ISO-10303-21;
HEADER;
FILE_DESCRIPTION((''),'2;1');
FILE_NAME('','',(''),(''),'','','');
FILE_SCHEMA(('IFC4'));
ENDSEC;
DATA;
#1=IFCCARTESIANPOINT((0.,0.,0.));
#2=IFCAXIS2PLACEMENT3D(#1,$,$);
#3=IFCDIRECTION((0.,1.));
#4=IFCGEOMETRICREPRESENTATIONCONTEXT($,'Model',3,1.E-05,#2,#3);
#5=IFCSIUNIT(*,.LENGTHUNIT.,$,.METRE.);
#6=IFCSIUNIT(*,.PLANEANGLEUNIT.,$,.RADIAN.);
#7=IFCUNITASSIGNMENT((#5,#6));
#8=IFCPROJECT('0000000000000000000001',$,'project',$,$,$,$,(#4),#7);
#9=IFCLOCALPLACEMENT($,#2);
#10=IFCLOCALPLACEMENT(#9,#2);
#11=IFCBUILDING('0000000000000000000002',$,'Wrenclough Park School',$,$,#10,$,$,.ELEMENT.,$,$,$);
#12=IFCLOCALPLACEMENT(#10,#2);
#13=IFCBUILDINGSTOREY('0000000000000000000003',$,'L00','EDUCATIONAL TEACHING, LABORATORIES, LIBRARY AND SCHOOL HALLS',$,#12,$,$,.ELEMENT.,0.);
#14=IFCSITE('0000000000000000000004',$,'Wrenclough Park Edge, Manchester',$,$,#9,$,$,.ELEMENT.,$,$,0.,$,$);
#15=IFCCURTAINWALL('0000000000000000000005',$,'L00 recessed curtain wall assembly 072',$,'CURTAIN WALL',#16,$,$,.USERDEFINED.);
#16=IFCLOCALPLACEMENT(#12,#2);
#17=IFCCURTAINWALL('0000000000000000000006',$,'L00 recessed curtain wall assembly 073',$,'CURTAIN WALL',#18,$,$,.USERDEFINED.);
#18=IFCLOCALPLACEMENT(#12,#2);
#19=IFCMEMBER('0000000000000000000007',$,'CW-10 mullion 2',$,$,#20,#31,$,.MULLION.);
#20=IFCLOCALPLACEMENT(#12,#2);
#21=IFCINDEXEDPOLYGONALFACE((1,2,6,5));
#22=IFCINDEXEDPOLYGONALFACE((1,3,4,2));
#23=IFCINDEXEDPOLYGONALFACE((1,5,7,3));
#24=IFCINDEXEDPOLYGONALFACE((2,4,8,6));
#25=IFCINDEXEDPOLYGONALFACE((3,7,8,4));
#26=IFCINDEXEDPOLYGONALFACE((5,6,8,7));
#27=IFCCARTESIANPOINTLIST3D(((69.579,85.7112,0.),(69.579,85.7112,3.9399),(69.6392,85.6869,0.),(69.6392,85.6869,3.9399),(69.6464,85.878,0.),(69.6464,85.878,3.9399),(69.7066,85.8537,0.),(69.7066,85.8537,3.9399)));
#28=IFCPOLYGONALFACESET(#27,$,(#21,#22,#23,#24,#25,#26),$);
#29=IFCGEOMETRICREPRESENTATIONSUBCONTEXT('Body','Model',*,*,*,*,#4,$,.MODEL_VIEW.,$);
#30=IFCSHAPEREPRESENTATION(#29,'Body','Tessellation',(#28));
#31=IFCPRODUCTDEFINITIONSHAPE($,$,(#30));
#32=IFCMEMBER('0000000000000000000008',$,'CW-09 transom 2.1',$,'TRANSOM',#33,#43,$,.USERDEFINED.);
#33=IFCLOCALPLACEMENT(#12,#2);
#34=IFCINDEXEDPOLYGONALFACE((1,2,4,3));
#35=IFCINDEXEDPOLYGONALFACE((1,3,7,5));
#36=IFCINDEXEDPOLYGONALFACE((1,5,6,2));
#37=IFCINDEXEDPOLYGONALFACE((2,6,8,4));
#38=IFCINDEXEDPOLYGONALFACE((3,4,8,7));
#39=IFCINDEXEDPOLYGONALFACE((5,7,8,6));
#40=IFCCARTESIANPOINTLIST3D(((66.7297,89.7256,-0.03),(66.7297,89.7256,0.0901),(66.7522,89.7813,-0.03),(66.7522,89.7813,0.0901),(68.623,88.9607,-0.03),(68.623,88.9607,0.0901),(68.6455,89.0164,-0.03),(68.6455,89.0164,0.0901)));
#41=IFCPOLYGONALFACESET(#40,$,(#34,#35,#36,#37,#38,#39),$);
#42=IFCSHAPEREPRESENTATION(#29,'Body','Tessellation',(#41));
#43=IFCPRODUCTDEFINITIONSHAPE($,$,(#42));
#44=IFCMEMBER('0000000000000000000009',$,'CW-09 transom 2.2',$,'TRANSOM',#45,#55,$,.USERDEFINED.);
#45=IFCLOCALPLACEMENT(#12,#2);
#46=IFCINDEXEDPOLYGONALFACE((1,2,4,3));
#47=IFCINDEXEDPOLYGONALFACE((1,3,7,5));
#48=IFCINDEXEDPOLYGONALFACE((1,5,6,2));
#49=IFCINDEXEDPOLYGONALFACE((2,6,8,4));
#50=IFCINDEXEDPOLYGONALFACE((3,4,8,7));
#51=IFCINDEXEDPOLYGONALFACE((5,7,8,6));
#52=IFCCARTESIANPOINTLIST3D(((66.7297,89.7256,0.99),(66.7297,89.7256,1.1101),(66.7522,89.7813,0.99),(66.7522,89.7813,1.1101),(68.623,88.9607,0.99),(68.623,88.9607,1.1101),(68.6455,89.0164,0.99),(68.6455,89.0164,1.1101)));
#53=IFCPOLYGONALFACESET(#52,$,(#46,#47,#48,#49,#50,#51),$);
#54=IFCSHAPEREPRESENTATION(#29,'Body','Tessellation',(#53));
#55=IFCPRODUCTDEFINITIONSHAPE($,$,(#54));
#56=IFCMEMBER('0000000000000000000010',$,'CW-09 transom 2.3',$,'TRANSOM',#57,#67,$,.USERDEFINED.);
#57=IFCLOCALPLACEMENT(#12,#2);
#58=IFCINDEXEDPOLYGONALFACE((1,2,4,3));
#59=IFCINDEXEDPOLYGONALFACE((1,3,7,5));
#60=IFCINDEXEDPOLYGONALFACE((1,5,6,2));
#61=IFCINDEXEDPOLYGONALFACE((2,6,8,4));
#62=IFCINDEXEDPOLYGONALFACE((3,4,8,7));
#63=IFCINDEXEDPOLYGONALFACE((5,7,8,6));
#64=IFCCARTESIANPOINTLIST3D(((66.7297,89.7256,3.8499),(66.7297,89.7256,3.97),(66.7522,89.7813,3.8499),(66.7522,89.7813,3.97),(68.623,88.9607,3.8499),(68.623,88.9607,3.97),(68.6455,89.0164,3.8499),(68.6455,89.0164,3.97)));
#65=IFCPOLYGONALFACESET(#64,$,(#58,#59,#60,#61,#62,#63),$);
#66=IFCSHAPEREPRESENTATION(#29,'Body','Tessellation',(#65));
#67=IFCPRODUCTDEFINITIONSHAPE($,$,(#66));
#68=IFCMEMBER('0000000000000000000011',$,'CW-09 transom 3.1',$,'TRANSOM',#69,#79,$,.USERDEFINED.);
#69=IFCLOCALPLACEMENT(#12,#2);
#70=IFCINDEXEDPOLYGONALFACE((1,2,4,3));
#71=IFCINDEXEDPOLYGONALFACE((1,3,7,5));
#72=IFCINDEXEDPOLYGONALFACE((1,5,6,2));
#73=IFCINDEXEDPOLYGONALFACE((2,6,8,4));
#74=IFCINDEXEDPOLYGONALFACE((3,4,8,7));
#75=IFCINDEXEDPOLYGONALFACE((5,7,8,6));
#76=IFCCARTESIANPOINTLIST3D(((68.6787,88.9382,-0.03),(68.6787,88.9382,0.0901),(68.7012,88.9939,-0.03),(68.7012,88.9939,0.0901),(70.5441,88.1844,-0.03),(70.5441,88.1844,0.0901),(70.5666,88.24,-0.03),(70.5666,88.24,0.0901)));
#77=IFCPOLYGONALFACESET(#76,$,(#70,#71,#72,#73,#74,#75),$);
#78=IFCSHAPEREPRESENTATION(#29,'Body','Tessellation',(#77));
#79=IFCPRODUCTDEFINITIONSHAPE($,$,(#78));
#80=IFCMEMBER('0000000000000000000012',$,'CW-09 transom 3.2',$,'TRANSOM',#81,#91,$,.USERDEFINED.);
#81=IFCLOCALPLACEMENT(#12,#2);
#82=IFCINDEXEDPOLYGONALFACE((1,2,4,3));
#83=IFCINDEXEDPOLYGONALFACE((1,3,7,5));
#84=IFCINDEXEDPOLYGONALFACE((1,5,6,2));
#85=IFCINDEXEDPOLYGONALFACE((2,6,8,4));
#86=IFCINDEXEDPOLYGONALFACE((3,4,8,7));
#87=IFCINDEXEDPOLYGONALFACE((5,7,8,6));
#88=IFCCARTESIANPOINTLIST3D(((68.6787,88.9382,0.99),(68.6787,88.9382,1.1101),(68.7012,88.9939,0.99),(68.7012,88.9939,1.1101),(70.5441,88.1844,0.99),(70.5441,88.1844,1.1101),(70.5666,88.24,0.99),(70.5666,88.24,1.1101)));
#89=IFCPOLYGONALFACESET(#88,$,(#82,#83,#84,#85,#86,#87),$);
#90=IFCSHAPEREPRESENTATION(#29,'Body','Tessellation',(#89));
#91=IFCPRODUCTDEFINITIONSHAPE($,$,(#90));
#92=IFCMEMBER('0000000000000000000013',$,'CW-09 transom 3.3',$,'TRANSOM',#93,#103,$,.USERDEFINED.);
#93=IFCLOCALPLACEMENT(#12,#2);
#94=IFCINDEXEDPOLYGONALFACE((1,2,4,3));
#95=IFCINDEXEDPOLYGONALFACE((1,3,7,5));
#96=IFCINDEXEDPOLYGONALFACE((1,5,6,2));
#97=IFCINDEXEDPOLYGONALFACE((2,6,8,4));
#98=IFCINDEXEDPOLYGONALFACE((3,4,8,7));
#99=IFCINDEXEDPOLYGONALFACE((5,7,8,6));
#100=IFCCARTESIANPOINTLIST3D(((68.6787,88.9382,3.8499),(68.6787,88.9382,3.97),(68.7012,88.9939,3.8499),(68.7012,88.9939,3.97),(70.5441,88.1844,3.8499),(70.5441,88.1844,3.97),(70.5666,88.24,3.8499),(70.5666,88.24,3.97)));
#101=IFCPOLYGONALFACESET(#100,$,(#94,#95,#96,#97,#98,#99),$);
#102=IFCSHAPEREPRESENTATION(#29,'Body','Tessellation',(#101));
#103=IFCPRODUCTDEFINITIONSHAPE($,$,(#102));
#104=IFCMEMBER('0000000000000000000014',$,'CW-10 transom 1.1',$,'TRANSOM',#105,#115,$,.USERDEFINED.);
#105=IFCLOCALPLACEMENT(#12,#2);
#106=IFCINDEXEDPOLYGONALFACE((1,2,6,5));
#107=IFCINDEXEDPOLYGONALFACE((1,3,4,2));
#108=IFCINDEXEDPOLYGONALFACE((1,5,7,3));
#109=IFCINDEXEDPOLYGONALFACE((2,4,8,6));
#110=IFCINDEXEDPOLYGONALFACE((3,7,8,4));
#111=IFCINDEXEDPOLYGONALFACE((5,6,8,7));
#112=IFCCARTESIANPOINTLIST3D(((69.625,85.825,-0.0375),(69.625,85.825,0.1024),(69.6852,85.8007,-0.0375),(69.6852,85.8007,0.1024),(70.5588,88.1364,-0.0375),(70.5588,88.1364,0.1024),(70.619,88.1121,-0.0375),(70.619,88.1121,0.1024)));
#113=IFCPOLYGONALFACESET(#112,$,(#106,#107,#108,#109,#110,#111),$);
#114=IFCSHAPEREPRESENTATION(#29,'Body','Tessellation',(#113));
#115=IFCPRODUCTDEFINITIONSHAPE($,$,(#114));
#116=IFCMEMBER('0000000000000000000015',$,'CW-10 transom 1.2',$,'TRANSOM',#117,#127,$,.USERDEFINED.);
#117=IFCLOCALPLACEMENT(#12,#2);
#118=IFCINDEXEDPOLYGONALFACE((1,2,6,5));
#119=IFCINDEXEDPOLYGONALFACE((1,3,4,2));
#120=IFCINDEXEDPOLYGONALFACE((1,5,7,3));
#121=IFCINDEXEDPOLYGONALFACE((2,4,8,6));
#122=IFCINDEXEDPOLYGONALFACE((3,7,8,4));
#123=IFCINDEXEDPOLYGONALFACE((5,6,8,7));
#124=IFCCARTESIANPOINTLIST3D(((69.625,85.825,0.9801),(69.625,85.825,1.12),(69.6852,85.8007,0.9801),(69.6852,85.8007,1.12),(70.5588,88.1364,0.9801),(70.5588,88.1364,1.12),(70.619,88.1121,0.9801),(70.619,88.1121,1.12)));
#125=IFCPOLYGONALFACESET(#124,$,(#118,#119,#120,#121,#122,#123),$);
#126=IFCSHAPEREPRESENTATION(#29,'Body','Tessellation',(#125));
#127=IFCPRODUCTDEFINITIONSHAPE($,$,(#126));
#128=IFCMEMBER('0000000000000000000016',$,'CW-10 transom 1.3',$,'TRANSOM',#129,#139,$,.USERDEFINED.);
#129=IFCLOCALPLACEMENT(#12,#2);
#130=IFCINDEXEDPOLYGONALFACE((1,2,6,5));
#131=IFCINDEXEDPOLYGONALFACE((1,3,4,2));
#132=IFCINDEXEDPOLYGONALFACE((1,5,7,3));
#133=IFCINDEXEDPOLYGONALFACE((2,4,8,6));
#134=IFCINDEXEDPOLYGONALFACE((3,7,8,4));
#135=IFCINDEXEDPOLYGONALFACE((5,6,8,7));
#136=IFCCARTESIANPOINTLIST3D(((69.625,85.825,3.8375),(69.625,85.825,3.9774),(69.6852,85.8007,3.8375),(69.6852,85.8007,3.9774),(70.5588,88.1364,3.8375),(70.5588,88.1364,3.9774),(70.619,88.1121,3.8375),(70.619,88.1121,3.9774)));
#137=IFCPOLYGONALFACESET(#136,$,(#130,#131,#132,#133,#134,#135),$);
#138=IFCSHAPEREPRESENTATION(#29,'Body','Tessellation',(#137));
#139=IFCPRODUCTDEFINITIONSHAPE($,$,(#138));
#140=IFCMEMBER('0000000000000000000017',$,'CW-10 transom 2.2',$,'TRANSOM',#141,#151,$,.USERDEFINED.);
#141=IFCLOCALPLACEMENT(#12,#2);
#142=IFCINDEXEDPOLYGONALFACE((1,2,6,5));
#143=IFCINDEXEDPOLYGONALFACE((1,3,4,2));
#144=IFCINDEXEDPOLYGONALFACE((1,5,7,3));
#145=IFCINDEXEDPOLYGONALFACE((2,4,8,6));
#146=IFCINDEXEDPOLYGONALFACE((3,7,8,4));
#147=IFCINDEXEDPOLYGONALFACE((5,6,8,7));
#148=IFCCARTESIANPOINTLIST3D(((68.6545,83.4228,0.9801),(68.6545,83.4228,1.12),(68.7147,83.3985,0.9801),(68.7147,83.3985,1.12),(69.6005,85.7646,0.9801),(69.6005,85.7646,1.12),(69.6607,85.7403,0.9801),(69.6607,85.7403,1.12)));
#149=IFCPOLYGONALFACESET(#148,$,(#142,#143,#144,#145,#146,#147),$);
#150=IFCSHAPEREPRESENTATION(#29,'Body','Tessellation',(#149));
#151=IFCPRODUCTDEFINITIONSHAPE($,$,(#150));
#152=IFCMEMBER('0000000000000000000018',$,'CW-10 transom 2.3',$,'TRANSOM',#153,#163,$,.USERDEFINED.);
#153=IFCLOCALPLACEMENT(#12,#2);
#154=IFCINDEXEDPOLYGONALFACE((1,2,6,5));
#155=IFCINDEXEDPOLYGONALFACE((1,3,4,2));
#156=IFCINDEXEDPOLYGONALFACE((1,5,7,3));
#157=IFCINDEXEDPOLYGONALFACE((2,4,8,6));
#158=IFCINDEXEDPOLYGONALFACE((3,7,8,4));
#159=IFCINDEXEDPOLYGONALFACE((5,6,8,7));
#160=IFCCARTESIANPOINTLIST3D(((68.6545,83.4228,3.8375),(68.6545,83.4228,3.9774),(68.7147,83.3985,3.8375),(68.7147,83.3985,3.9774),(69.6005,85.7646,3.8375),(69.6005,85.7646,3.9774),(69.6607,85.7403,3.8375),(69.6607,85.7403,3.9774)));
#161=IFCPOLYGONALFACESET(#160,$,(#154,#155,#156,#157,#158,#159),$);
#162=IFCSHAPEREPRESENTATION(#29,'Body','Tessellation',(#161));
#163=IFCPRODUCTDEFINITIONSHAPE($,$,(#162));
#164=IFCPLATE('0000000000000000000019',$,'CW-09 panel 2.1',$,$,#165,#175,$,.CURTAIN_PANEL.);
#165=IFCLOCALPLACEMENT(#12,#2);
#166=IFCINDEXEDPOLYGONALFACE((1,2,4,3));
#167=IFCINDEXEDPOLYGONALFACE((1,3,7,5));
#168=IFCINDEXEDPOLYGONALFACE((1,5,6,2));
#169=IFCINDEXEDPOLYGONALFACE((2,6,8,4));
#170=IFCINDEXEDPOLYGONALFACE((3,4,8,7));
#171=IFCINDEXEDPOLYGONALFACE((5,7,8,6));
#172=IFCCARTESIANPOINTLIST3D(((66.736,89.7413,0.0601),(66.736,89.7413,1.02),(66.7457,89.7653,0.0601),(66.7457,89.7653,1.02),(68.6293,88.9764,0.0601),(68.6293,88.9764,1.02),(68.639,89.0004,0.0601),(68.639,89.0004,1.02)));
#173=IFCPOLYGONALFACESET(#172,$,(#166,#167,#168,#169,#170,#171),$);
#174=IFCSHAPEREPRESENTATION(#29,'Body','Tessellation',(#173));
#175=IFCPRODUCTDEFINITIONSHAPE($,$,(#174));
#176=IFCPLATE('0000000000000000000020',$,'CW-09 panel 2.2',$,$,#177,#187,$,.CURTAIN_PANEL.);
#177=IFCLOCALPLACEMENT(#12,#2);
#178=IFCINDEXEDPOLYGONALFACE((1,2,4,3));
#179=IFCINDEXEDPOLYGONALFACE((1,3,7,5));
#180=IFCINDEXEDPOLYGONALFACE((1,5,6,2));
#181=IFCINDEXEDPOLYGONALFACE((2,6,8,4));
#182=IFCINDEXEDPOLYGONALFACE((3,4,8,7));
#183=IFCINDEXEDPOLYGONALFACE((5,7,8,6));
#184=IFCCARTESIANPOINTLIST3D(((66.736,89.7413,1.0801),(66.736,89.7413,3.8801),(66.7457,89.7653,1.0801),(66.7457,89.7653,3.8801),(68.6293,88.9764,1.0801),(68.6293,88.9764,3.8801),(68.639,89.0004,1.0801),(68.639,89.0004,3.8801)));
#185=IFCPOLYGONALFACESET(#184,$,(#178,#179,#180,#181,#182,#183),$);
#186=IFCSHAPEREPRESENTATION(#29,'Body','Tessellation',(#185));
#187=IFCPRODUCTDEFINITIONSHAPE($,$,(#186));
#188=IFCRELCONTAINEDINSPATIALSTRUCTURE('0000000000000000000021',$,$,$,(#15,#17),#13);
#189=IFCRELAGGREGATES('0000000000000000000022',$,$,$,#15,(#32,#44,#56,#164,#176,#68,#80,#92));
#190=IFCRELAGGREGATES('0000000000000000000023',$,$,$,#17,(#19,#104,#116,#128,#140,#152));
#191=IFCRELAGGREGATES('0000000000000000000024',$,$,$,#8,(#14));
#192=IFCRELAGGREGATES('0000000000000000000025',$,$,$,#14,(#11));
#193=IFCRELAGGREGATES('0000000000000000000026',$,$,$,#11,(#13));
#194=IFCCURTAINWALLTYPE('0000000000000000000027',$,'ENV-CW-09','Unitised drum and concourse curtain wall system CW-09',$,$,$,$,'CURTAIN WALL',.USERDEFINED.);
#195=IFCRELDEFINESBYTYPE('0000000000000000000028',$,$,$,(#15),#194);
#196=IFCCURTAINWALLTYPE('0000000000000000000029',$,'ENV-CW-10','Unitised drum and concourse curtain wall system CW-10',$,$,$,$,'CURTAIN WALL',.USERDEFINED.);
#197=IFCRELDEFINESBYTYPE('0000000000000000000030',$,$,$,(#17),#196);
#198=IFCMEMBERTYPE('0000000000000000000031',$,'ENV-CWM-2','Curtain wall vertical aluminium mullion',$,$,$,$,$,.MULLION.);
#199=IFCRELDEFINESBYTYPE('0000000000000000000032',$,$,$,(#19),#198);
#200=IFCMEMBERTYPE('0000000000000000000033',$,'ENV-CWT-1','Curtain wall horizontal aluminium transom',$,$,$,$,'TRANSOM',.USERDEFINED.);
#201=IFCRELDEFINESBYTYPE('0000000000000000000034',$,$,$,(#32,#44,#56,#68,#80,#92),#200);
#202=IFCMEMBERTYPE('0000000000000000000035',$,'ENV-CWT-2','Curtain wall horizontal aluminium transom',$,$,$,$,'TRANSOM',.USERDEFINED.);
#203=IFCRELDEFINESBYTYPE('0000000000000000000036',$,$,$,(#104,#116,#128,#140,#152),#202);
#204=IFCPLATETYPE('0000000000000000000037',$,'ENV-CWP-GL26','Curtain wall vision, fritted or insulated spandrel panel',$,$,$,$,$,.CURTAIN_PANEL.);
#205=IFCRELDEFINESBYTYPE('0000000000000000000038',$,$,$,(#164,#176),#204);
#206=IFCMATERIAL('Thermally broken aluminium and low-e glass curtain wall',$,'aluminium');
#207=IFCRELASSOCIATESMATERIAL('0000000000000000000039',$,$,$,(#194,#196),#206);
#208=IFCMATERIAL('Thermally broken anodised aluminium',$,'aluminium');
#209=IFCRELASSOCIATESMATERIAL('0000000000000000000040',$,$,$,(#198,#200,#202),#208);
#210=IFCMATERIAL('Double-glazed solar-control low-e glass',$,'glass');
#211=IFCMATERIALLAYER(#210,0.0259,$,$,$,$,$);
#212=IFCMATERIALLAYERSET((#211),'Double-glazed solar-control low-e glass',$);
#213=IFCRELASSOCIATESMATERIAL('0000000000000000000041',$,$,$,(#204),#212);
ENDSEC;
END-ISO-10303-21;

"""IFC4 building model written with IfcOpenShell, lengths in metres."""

from ifc_helpers import new_model, si_unit, direction, frame, origin, origin_2d, place, context, subcontext, project, spatial, rectangle, extrude, material, layer, layer_set, material_profile, profile_set, type_object, element, aggregate, save


model = new_model("IFC4")

# Units and contexts
model_context = context("Model", 3, precision=1e-05, world=origin(), true_north=direction((0.0, 1.0)))
body_context = subcontext(model_context, "Body", "Model", "MODEL_VIEW")
ifc_project = project(units=[si_unit("LENGTHUNIT", "METRE"), si_unit("PLANEANGLEUNIT", "RADIAN")], contexts=[model_context])

# Site, building, storey
site_placement = place(None, origin())
site = spatial("IfcSite", under=ifc_project, at=site_placement, Name="Wrenclough Park Edge, Manchester", CompositionType="ELEMENT", RefElevation=0.0)
building_placement = place(site_placement, origin())
building = spatial("IfcBuilding", under=site, at=building_placement, Name="Wrenclough Park School", CompositionType="ELEMENT")
storey_placement = place(building_placement, origin())
storey = spatial("IfcBuildingStorey", under=building, at=storey_placement, Name="L00", Description="EDUCATIONAL TEACHING, LABORATORIES, LIBRARY AND SCHOOL HALLS", CompositionType="ELEMENT", Elevation=0.0)

# Curtain walls, member
ifc_material_1 = material(Name="Thermally broken aluminium and low-e glass curtain wall", Category="aluminium")
curtain_wall_type_1 = type_object("IfcCurtainWallType", Name="ENV-CW-09", Description="Unitised drum and concourse curtain wall system CW-09", ElementType="CURTAIN WALL", PredefinedType="USERDEFINED", material=ifc_material_1)
curtain_wall_1_placement = place(storey_placement, origin())
curtain_wall_1 = element("IfcCurtainWall", 1, at=curtain_wall_1_placement, inside=storey, type_object=curtain_wall_type_1, Name="L00 recessed curtain wall assembly 072", ObjectType="CURTAIN WALL", PredefinedType="USERDEFINED")
ifc_material_2 = material(Name="Thermally broken anodised aluminium", Category="aluminium")
curtain_wall_type_2 = type_object("IfcCurtainWallType", Name="ENV-CW-10", Description="Unitised drum and concourse curtain wall system CW-10", ElementType="CURTAIN WALL", PredefinedType="USERDEFINED", material=ifc_material_1)
curtain_wall_2_placement = place(storey_placement, origin())
curtain_wall_2 = element("IfcCurtainWall", 2, at=curtain_wall_2_placement, inside=storey, type_object=curtain_wall_type_2, Name="L00 recessed curtain wall assembly 073", ObjectType="CURTAIN WALL", PredefinedType="USERDEFINED")
ifc_material_profile_1 = material_profile(ifc_material_2, rectangle(XDim=0.0649, YDim=0.1799, at=origin_2d()), Name="AL MULLION 65x180")
ifc_profile_set_1 = profile_set([ifc_material_profile_1], Name="Thermally broken anodised aluminium")
member_type_1 = type_object("IfcMemberType", Name="ENV-CWM-2", Description="Curtain wall vertical aluminium mullion", PredefinedType="MULLION", material=ifc_profile_set_1)
member_1_placement = place(storey_placement, frame((69.6428, 85.7825, 0.0), z_axis=(0.0, 0.0, 1.0), x_axis=(0.927191, -0.37459, 0.0)))
member_1 = element("IfcMember", 3, at=member_1_placement, type_object=member_type_1, Name="CW-10 mullion 2", PredefinedType="MULLION", context=body_context, shape_type="SweptSolid", body=[
    extrude(rectangle(XDim=0.0649, YDim=0.1799, at=origin_2d()), origin(), (0.0, 0.0, 1.0), 3.9399),
])

# Members
ifc_material_profile_2 = material_profile(ifc_material_2, rectangle(XDim=0.0601, YDim=0.1201, at=origin_2d()), Name="AL TRANSOM 60x120")
ifc_profile_set_2 = profile_set([ifc_material_profile_2], Name="Thermally broken anodised aluminium")
member_type_2 = type_object("IfcMemberType", Name="ENV-CWT-1", Description="Curtain wall horizontal aluminium transom", ElementType="TRANSOM", PredefinedType="USERDEFINED", material=ifc_profile_set_2)
member_2_placement = place(storey_placement, frame((66.741, 89.7534, 0.03), z_axis=(0.927193, -0.374584, 0.0), x_axis=(0.374584, 0.927193, 0.0)))
member_2 = element("IfcMember", 4, at=member_2_placement, type_object=member_type_2, Name="CW-09 transom 2.1", ObjectType="TRANSOM", PredefinedType="USERDEFINED", context=body_context, shape_type="SweptSolid", body=[
    extrude(rectangle(XDim=0.0601, YDim=0.1201, at=origin_2d()), origin(), (0.0, 0.0, 1.0), 2.042),
])
member_3_placement = place(storey_placement, frame((66.741, 89.7534, 1.05), z_axis=(0.927193, -0.374584, 0.0), x_axis=(0.374584, 0.927193, 0.0)))
member_3 = element("IfcMember", 5, at=member_3_placement, type_object=member_type_2, Name="CW-09 transom 2.2", ObjectType="TRANSOM", PredefinedType="USERDEFINED", context=body_context, shape_type="SweptSolid", body=[
    extrude(rectangle(XDim=0.0601, YDim=0.1201, at=origin_2d()), origin(), (0.0, 0.0, 1.0), 2.042),
])
member_4_placement = place(storey_placement, frame((66.741, 89.7534, 3.9099), z_axis=(0.927193, -0.374584, 0.0), x_axis=(0.374584, 0.927193, 0.0)))
member_4 = element("IfcMember", 6, at=member_4_placement, type_object=member_type_2, Name="CW-09 transom 2.3", ObjectType="TRANSOM", PredefinedType="USERDEFINED", context=body_context, shape_type="SweptSolid", body=[
    extrude(rectangle(XDim=0.0601, YDim=0.1201, at=origin_2d()), origin(), (0.0, 0.0, 1.0), 2.042),
])
member_5_placement = place(storey_placement, frame((68.6899, 88.9661, 0.03), z_axis=(0.927149, -0.374694, 0.0), x_axis=(0.374694, 0.927149, 0.0)))
member_5 = element("IfcMember", 7, at=member_5_placement, type_object=member_type_2, Name="CW-09 transom 3.1", ObjectType="TRANSOM", PredefinedType="USERDEFINED", context=body_context, shape_type="SweptSolid", body=[
    extrude(rectangle(XDim=0.0601, YDim=0.1201, at=origin_2d()), origin(), (0.0, 0.0, 1.0), 2.012),
])
member_6_placement = place(storey_placement, frame((68.6899, 88.9661, 1.05), z_axis=(0.927149, -0.374694, 0.0), x_axis=(0.374694, 0.927149, 0.0)))
member_6 = element("IfcMember", 8, at=member_6_placement, type_object=member_type_2, Name="CW-09 transom 3.2", ObjectType="TRANSOM", PredefinedType="USERDEFINED", context=body_context, shape_type="SweptSolid", body=[
    extrude(rectangle(XDim=0.0601, YDim=0.1201, at=origin_2d()), origin(), (0.0, 0.0, 1.0), 2.012),
])
member_7_placement = place(storey_placement, frame((68.6899, 88.9661, 3.9099), z_axis=(0.927149, -0.374694, 0.0), x_axis=(0.374694, 0.927149, 0.0)))
member_7 = element("IfcMember", 9, at=member_7_placement, type_object=member_type_2, Name="CW-09 transom 3.3", ObjectType="TRANSOM", PredefinedType="USERDEFINED", context=body_context, shape_type="SweptSolid", body=[
    extrude(rectangle(XDim=0.0601, YDim=0.1201, at=origin_2d()), origin(), (0.0, 0.0, 1.0), 2.012),
])
ifc_material_profile_3 = material_profile(ifc_material_2, rectangle(XDim=0.0649, YDim=0.1399, at=origin_2d()), Name="AL TRANSOM 65x140")
ifc_profile_set_3 = profile_set([ifc_material_profile_3], Name="Thermally broken anodised aluminium")
member_type_3 = type_object("IfcMemberType", Name="ENV-CWT-2", Description="Curtain wall horizontal aluminium transom", ElementType="TRANSOM", PredefinedType="USERDEFINED", material=ifc_profile_set_3)
member_8_placement = place(storey_placement, frame((70.5889, 88.1243, 0.0325), z_axis=(-0.37458, -0.927195, 0.0), x_axis=(0.927195, -0.37458, 0.0)))
member_8 = element("IfcMember", 10, at=member_8_placement, type_object=member_type_3, Name="CW-10 transom 1.1", ObjectType="TRANSOM", PredefinedType="USERDEFINED", context=body_context, shape_type="SweptSolid", body=[
    extrude(rectangle(XDim=0.0649, YDim=0.1399, at=origin_2d()), origin(), (0.0, 0.0, 1.0), 2.4929),
])
member_9_placement = place(storey_placement, frame((70.5889, 88.1243, 1.05), z_axis=(-0.37458, -0.927195, 0.0), x_axis=(0.927195, -0.37458, 0.0)))
member_9 = element("IfcMember", 11, at=member_9_placement, type_object=member_type_3, Name="CW-10 transom 1.2", ObjectType="TRANSOM", PredefinedType="USERDEFINED", context=body_context, shape_type="SweptSolid", body=[
    extrude(rectangle(XDim=0.0649, YDim=0.1399, at=origin_2d()), origin(), (0.0, 0.0, 1.0), 2.4929),
])
member_10_placement = place(storey_placement, frame((70.5889, 88.1243, 3.9075), z_axis=(-0.37458, -0.927195, 0.0), x_axis=(0.927195, -0.37458, 0.0)))
member_10 = element("IfcMember", 12, at=member_10_placement, type_object=member_type_3, Name="CW-10 transom 1.3", ObjectType="TRANSOM", PredefinedType="USERDEFINED", context=body_context, shape_type="SweptSolid", body=[
    extrude(rectangle(XDim=0.0649, YDim=0.1399, at=origin_2d()), origin(), (0.0, 0.0, 1.0), 2.4929),
])
member_11_placement = place(storey_placement, frame((69.6306, 85.7524, 1.05), z_axis=(-0.374572, -0.927198, 0.0), x_axis=(0.927198, -0.374572, 0.0)))
member_11 = element("IfcMember", 13, at=member_11_placement, type_object=member_type_3, Name="CW-10 transom 2.2", ObjectType="TRANSOM", PredefinedType="USERDEFINED", context=body_context, shape_type="SweptSolid", body=[
    extrude(rectangle(XDim=0.0649, YDim=0.1399, at=origin_2d()), origin(), (0.0, 0.0, 1.0), 2.5256),
])
member_12_placement = place(storey_placement, frame((69.6306, 85.7524, 3.9075), z_axis=(-0.374572, -0.927198, 0.0), x_axis=(0.927198, -0.374572, 0.0)))
member_12 = element("IfcMember", 14, at=member_12_placement, type_object=member_type_3, Name="CW-10 transom 2.3", ObjectType="TRANSOM", PredefinedType="USERDEFINED", context=body_context, shape_type="SweptSolid", body=[
    extrude(rectangle(XDim=0.0649, YDim=0.1399, at=origin_2d()), origin(), (0.0, 0.0, 1.0), 2.5256),
])

# Plates
ifc_material_3 = material(Name="Double-glazed solar-control low-e glass", Category="glass")
ifc_layer_1 = layer(ifc_material_3, 0.0259)
ifc_layer_set_1 = layer_set([ifc_layer_1], Name="Double-glazed solar-control low-e glass")
plate_type_1 = type_object("IfcPlateType", Name="ENV-CWP-GL26", Description="Curtain wall vision, fritted or insulated spandrel panel", PredefinedType="CURTAIN_PANEL", material=ifc_layer_set_1)
plate_1_placement = place(storey_placement, frame((67.6875, 89.3708, 0.0601), z_axis=(0.0, 0.0, 1.0), x_axis=(0.927184, -0.374606, 0.0)))
plate_1 = element("IfcPlate", 15, at=plate_1_placement, type_object=plate_type_1, Name="CW-09 panel 2.1", PredefinedType="CURTAIN_PANEL", context=body_context, shape_type="SweptSolid", body=[
    extrude(rectangle(XDim=2.042, YDim=0.0259, at=origin_2d()), origin(), (0.0, 0.0, 1.0), 0.96),
])
plate_2_placement = place(storey_placement, frame((67.6875, 89.3708, 1.0801), z_axis=(0.0, 0.0, 1.0), x_axis=(0.927184, -0.374606, 0.0)))
plate_2 = element("IfcPlate", 16, at=plate_2_placement, type_object=plate_type_1, Name="CW-09 panel 2.2", PredefinedType="CURTAIN_PANEL", context=body_context, shape_type="SweptSolid", body=[
    extrude(rectangle(XDim=2.042, YDim=0.0259, at=origin_2d()), origin(), (0.0, 0.0, 1.0), 2.8),
])
aggregate(curtain_wall_1, [member_2, member_3, member_4, plate_1, plate_2, member_5, member_6, member_7])
aggregate(curtain_wall_2, [member_1, member_8, member_9, member_10, member_11, member_12])

save(model, "model.ifc")
